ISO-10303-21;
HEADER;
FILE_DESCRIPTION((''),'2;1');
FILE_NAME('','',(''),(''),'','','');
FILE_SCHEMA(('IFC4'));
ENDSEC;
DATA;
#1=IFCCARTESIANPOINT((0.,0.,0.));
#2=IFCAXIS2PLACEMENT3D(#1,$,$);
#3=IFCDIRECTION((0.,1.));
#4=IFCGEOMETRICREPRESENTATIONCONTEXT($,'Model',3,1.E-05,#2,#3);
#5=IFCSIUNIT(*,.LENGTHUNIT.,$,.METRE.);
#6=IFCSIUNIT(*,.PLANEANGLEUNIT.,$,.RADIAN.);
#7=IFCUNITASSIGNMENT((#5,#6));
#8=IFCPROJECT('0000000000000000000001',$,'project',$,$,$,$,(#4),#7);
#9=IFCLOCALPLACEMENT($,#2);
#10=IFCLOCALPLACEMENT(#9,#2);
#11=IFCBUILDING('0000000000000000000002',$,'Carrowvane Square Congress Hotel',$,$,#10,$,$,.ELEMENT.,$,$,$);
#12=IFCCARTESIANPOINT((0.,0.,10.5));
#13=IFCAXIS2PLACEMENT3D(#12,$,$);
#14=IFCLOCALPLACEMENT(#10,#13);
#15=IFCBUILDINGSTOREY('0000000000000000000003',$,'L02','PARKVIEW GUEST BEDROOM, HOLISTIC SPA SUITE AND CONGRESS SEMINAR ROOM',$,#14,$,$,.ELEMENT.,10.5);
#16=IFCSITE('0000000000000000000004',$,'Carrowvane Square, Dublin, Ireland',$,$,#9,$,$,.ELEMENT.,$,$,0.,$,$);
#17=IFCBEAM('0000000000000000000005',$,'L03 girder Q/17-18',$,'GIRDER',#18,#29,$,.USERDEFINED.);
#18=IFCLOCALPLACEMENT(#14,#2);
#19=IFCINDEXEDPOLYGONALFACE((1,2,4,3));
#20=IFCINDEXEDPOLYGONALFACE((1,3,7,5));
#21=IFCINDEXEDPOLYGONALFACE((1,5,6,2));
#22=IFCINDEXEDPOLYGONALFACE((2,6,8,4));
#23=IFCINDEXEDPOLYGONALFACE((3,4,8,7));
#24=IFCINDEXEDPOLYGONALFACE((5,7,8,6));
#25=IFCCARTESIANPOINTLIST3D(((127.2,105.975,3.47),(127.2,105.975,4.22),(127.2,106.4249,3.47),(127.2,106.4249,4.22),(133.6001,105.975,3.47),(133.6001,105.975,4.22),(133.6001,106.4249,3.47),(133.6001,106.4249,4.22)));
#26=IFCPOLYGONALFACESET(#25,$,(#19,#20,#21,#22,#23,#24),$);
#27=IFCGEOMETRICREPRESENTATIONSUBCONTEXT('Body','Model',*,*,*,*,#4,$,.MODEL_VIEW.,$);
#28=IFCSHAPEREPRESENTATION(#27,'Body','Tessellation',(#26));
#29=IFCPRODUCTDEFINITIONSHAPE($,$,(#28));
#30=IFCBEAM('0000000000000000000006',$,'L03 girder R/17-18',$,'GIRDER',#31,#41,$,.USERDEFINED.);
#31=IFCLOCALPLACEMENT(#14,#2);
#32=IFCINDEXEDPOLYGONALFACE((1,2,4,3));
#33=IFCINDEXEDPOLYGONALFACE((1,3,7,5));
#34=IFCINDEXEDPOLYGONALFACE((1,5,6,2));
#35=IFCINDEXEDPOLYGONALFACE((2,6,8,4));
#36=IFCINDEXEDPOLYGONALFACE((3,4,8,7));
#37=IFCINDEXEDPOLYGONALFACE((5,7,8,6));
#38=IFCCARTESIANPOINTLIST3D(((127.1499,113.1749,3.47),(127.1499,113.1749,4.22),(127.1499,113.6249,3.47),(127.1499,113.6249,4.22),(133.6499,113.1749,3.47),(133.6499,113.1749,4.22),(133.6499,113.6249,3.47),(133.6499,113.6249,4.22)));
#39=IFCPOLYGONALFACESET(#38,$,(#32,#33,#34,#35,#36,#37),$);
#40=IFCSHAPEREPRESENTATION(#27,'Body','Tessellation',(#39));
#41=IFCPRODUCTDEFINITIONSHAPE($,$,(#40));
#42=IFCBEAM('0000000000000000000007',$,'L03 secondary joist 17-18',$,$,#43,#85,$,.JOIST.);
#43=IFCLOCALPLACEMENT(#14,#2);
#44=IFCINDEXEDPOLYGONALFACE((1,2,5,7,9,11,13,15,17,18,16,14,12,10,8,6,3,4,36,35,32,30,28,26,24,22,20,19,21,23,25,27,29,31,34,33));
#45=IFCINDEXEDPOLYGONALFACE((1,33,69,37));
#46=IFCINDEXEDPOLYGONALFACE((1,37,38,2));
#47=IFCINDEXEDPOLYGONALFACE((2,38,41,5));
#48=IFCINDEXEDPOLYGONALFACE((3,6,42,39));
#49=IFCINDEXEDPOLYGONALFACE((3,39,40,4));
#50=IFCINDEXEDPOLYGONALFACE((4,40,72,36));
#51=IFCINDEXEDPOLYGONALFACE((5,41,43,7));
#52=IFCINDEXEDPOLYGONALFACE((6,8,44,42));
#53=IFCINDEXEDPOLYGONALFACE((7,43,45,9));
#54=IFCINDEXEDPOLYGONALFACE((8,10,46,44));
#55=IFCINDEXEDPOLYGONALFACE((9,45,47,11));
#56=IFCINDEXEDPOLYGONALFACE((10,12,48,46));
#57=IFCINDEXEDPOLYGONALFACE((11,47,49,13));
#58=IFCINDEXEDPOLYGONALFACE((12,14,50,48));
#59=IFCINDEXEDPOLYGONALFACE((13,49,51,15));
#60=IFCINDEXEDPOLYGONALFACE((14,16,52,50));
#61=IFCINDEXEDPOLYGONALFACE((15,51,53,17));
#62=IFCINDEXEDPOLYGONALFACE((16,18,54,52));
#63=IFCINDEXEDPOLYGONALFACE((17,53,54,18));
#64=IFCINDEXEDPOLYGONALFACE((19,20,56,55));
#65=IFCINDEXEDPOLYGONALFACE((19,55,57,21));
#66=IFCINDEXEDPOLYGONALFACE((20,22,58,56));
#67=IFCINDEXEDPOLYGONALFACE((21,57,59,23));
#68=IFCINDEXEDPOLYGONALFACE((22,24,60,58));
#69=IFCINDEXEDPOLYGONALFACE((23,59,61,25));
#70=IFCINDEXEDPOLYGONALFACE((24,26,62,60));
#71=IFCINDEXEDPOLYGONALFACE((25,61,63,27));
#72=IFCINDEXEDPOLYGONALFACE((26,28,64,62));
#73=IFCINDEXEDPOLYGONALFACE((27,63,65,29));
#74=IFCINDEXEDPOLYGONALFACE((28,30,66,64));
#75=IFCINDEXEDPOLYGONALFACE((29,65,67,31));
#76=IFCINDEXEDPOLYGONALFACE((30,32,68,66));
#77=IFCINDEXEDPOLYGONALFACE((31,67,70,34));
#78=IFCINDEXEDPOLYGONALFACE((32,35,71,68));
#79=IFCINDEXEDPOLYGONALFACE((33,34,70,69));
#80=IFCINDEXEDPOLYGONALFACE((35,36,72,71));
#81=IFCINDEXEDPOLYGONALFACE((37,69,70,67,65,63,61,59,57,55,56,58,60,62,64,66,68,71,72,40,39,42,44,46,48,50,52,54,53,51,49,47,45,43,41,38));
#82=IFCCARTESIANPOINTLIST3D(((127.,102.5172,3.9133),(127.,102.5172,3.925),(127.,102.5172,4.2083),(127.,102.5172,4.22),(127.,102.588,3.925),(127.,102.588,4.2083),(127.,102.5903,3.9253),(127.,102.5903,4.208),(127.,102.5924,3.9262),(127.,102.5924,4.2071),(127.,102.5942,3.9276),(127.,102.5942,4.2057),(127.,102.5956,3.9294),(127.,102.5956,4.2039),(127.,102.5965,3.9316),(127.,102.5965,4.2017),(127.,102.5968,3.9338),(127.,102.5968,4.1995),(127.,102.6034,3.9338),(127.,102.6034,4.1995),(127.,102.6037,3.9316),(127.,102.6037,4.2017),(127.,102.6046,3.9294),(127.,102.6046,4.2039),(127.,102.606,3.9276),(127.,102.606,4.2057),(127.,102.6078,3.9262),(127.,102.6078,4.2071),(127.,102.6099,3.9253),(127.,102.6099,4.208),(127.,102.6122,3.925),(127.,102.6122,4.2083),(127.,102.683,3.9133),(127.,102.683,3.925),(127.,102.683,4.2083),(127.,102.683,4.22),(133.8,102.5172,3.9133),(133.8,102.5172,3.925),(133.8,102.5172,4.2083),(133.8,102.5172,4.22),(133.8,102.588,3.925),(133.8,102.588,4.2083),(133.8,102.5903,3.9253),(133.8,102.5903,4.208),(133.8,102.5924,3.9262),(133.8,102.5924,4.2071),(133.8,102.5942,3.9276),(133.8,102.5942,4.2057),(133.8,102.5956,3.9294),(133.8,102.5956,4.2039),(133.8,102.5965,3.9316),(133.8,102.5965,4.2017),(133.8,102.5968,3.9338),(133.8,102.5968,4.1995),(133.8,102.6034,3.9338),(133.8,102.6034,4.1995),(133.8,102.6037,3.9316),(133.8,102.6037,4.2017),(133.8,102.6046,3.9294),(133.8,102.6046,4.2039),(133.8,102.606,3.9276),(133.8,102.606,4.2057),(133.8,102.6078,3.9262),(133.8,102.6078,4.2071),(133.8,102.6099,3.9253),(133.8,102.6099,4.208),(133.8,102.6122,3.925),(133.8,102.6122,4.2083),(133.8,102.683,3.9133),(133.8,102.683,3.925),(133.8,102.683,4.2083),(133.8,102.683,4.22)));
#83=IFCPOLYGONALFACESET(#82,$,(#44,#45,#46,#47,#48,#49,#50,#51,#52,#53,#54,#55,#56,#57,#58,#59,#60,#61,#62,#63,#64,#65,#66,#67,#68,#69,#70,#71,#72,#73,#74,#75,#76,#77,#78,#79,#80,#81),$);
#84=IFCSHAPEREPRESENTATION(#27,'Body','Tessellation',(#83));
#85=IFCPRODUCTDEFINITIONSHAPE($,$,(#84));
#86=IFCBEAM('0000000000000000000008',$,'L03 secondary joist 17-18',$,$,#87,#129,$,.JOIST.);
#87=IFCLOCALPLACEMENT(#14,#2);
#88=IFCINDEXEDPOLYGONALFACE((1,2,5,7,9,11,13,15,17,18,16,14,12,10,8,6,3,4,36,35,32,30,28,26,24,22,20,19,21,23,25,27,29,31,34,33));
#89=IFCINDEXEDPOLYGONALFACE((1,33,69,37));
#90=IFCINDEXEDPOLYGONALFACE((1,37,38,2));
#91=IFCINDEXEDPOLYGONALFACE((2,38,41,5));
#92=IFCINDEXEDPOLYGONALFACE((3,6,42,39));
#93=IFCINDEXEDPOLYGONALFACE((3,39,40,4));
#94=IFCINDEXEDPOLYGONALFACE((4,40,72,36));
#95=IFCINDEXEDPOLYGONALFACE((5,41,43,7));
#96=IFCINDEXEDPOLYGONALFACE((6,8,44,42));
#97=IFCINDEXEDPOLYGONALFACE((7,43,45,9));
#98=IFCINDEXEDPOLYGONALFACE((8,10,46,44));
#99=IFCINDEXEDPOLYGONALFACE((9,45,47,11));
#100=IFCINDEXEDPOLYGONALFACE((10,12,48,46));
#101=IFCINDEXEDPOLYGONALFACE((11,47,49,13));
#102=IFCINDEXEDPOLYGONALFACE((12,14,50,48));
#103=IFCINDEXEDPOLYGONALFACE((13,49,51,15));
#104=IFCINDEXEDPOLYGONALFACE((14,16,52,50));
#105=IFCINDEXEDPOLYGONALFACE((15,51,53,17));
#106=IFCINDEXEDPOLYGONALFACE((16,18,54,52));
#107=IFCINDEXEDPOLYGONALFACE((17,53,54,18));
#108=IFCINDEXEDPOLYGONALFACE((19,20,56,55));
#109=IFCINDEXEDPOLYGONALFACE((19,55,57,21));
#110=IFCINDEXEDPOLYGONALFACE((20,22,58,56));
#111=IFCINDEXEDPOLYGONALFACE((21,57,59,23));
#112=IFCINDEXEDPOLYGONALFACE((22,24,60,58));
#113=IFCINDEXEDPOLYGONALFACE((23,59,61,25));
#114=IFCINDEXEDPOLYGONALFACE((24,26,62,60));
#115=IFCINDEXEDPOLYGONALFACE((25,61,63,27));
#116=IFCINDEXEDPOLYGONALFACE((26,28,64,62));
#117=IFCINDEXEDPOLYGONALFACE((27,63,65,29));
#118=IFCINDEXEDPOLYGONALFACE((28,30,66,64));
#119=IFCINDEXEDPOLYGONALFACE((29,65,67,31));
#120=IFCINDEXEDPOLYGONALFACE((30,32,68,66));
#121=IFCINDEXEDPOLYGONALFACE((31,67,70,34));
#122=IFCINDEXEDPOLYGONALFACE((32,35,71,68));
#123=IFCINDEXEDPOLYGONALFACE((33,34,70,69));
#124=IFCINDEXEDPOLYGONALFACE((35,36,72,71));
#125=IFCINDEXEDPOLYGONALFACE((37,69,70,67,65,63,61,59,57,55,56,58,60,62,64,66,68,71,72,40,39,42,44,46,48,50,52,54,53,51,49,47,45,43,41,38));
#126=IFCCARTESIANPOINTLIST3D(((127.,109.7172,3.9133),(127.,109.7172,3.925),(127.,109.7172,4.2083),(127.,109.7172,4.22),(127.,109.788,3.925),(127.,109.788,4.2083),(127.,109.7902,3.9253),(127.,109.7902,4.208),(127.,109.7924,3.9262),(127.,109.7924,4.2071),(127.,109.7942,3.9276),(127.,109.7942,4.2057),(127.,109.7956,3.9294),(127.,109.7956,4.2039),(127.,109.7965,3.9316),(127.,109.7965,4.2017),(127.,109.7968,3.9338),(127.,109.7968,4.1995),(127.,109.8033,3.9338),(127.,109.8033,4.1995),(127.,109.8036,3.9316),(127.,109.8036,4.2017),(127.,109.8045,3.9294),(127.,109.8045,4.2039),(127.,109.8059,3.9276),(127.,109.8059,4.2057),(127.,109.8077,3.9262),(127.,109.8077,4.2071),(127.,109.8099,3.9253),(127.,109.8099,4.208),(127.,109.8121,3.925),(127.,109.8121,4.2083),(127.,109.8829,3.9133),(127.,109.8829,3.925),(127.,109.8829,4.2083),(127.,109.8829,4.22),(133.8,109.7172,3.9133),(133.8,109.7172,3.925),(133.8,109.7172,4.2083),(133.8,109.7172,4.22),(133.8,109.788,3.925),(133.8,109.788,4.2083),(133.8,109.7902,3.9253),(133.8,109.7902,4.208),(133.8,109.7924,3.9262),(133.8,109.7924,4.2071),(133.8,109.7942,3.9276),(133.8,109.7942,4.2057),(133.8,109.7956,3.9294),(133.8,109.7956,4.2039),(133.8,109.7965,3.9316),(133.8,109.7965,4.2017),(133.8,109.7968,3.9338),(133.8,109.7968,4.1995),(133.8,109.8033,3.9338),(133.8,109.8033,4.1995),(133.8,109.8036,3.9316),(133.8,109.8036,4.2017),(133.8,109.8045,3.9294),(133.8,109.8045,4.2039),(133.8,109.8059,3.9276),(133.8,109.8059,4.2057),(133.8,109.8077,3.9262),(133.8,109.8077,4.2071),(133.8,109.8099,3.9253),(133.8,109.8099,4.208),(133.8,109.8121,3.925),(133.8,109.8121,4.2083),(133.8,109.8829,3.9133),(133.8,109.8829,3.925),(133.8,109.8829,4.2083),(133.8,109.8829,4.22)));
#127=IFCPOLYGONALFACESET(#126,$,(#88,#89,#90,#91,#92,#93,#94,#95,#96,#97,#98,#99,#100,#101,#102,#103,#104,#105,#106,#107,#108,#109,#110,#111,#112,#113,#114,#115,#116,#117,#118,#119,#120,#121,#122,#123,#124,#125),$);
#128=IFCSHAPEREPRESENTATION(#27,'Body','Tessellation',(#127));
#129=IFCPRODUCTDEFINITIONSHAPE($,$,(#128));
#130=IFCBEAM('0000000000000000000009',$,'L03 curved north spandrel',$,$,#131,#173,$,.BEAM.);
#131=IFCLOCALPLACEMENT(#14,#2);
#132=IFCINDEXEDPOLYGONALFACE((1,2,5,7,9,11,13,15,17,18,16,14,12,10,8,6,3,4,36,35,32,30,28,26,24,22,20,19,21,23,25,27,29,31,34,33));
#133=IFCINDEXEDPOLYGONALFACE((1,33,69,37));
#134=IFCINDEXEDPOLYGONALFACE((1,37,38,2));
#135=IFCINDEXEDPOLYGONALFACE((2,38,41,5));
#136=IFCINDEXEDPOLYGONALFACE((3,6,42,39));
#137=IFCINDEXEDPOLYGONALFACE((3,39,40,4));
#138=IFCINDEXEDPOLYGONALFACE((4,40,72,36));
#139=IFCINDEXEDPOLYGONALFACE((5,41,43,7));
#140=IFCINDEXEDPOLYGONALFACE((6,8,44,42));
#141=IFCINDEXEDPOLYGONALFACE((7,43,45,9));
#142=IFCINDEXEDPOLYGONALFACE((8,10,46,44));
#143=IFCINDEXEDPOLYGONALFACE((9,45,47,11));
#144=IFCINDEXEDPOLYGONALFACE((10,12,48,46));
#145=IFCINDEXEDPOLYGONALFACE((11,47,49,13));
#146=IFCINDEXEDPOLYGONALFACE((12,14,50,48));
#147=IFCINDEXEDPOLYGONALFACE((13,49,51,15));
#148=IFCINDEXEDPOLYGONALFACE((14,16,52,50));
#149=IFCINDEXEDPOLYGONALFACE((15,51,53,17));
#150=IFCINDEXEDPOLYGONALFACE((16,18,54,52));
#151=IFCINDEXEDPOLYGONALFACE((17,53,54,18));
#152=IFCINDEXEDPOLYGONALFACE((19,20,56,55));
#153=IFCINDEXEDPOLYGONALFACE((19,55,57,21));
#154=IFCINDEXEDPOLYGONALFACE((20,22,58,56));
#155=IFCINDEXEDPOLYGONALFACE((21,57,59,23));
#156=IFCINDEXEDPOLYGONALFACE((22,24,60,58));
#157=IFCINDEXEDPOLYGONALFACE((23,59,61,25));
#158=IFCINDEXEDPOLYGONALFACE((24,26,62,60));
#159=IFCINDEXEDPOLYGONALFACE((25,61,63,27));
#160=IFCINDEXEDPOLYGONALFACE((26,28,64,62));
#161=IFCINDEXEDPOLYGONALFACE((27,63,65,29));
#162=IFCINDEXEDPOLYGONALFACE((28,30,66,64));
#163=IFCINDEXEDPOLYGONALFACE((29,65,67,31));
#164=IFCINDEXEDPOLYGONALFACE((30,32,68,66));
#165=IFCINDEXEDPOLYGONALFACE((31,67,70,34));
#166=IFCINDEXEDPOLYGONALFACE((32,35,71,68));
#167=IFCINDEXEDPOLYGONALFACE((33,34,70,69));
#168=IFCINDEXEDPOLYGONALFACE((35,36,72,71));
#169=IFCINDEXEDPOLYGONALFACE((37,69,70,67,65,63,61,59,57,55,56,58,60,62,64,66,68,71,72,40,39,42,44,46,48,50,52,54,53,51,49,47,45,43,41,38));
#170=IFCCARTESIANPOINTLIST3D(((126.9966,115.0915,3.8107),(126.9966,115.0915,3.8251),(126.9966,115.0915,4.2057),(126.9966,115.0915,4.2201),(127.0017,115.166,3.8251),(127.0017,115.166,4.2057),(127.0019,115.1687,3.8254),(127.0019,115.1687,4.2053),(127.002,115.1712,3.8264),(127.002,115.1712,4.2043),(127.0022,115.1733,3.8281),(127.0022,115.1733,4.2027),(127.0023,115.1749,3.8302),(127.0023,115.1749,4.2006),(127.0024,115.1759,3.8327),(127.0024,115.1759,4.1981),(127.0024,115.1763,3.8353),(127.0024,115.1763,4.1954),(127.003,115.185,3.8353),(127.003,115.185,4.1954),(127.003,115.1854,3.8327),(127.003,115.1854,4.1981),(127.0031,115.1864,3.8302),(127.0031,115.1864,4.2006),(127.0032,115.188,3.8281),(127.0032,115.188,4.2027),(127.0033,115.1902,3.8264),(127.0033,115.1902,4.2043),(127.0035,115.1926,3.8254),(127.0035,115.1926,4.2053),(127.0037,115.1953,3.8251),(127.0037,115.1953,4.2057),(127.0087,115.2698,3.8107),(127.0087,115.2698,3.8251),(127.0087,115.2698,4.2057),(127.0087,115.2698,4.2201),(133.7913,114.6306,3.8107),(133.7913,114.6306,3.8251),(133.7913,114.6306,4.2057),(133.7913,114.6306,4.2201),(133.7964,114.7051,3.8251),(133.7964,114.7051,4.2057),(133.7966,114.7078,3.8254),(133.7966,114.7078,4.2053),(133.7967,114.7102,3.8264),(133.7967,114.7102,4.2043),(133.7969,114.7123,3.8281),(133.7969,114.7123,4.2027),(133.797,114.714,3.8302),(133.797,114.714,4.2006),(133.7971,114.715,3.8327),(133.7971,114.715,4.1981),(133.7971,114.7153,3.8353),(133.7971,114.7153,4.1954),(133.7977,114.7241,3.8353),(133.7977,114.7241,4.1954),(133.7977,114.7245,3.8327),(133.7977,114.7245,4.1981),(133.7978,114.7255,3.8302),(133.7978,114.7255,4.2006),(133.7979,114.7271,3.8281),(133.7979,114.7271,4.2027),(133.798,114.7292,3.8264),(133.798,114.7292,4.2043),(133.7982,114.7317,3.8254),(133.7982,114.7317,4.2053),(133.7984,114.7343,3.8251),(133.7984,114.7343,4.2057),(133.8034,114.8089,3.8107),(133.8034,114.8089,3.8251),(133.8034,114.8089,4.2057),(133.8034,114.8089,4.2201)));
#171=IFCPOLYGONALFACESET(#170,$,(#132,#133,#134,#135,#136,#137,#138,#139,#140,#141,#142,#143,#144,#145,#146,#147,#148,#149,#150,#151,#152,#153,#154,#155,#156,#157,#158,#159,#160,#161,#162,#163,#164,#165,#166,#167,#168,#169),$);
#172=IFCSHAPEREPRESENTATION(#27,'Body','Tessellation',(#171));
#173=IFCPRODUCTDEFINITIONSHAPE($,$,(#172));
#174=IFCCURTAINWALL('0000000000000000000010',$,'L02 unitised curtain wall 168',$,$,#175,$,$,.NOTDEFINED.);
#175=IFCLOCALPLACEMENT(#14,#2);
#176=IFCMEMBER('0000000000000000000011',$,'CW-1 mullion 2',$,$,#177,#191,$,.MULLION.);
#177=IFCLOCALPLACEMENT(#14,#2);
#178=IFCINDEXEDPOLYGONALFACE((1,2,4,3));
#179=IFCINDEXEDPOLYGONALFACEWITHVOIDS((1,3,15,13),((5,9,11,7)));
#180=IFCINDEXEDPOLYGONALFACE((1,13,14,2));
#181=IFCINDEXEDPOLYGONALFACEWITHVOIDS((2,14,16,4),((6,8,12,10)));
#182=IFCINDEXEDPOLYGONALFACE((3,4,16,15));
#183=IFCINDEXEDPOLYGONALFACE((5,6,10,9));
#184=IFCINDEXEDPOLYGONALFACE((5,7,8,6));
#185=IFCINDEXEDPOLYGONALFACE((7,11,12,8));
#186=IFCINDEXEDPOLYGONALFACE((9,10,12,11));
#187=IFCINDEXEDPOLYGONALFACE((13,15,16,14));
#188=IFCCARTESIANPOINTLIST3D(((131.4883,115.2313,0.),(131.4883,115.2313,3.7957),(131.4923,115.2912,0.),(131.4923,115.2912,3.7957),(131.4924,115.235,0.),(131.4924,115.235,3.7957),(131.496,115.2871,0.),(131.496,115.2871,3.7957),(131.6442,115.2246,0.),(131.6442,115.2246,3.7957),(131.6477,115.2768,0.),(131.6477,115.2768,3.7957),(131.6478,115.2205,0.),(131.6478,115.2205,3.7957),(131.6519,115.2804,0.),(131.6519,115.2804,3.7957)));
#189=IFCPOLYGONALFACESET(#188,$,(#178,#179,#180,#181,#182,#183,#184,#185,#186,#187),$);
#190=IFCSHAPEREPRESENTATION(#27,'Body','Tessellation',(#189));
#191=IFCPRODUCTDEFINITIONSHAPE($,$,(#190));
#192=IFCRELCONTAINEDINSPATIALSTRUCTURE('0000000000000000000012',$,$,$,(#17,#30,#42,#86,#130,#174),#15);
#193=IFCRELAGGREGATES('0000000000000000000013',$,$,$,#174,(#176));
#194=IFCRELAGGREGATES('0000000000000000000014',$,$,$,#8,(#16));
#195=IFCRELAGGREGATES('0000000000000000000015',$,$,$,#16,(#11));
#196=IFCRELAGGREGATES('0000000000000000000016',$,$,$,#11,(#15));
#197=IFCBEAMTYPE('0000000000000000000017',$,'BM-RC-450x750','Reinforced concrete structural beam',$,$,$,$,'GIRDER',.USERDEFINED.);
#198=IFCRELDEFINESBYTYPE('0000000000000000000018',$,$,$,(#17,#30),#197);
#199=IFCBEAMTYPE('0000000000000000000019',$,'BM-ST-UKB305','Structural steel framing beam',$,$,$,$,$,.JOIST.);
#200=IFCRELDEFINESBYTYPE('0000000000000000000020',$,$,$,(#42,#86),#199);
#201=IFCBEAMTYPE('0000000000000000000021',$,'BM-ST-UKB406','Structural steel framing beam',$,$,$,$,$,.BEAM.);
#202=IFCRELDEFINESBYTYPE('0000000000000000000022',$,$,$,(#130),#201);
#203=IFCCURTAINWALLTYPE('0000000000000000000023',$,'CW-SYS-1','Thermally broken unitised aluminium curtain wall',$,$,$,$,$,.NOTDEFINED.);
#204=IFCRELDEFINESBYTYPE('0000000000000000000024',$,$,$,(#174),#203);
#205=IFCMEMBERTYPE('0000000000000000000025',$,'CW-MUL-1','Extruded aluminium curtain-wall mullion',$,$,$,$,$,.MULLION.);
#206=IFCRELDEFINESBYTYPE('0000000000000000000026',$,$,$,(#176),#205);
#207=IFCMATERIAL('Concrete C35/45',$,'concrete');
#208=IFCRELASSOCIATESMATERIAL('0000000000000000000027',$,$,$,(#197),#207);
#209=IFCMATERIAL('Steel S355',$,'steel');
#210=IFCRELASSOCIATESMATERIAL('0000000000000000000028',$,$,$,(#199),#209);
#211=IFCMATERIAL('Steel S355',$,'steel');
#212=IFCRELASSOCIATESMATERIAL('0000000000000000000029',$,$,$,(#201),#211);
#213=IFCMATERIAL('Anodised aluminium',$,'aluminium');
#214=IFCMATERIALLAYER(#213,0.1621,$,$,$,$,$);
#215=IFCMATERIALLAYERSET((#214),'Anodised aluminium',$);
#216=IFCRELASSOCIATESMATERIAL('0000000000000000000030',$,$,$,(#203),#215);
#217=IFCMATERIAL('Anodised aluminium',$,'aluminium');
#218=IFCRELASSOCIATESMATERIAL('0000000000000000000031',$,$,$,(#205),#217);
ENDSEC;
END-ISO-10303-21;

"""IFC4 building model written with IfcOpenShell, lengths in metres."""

from ifc_helpers import new_model, si_unit, direction, frame, origin, origin_2d, place, context, subcontext, project, spatial, rectangle, hollow_rectangle, i_section, extrude, material, layer, layer_set, material_profile, profile_set, type_object, element, aggregate, save


model = new_model("IFC4")

# Units and contexts
model_context = context("Model", 3, precision=1e-05, world=origin(), true_north=direction((0.0, 1.0)))
body_context = subcontext(model_context, "Body", "Model", "MODEL_VIEW")
ifc_project = project(units=[si_unit("LENGTHUNIT", "METRE"), si_unit("PLANEANGLEUNIT", "RADIAN")], contexts=[model_context])

# Site, building, storey
site_placement = place(None, origin())
site = spatial("IfcSite", under=ifc_project, at=site_placement, Name="Carrowvane Square, Dublin, Ireland", CompositionType="ELEMENT", RefElevation=0.0)
building_placement = place(site_placement, origin())
building = spatial("IfcBuilding", under=site, at=building_placement, Name="Carrowvane Square Congress Hotel", CompositionType="ELEMENT")
storey_placement = place(building_placement, frame((0.0, 0.0, 10.5)))
storey = spatial("IfcBuildingStorey", under=building, at=storey_placement, Name="L02", Description="PARKVIEW GUEST BEDROOM, HOLISTIC SPA SUITE AND CONGRESS SEMINAR ROOM", CompositionType="ELEMENT", Elevation=10.5)

# Beams
ifc_material_1 = material(Name="Concrete C35/45", Category="concrete")
ifc_material_profile_1 = material_profile(ifc_material_1, rectangle(XDim=0.45, YDim=0.75, at=origin_2d()), Name="RC 450x750")
ifc_profile_set_1 = profile_set([ifc_material_profile_1], Name="Concrete C35/45")
beam_type_1 = type_object("IfcBeamType", Name="BM-RC-450x750", Description="Reinforced concrete structural beam", ElementType="GIRDER", PredefinedType="USERDEFINED", material=ifc_profile_set_1)
beam_1_placement = place(storey_placement, frame((127.2, 106.2, 3.845), z_axis=(1.0, 0.0, 0.0), x_axis=(0.0, 1.0, 0.0)))
element("IfcBeam", 1, at=beam_1_placement, inside=storey, type_object=beam_type_1, Name="L03 girder Q/17-18", ObjectType="GIRDER", PredefinedType="USERDEFINED", context=body_context, shape_type="SweptSolid", body=[
    extrude(rectangle(XDim=0.45, YDim=0.75, at=origin_2d()), origin(), (0.0, 0.0, 1.0), 6.4001),
])
beam_2_placement = place(storey_placement, frame((127.1499, 113.3999, 3.845), z_axis=(1.0, 0.0, 0.0), x_axis=(0.0, 1.0, 0.0)))
element("IfcBeam", 2, at=beam_2_placement, inside=storey, type_object=beam_type_1, Name="L03 girder R/17-18", ObjectType="GIRDER", PredefinedType="USERDEFINED", context=body_context, shape_type="SweptSolid", body=[
    extrude(rectangle(XDim=0.45, YDim=0.75, at=origin_2d()), origin(), (0.0, 0.0, 1.0), 6.5),
])
ifc_material_2 = material(Name="Steel S355", Category="steel")
ifc_material_profile_2 = material_profile(ifc_material_2, i_section(OverallWidth=0.1658, OverallDepth=0.3066, WebThickness=0.0066, FlangeThickness=0.0117, FilletRadius=0.0088, at=origin_2d()), Name="UKB 305x165x46")
ifc_profile_set_2 = profile_set([ifc_material_profile_2], Name="Steel S355")
beam_type_2 = type_object("IfcBeamType", Name="BM-ST-UKB305", Description="Structural steel framing beam", PredefinedType="JOIST", material=ifc_profile_set_2)
for number, where, z_axis, x_axis, name in (
    (3, (127.0, 102.6001, 4.0667), (1.0, 0.0, 0.0), (0.0, 1.0, 0.0), "L03 secondary joist 17-18"),
    (4, (127.0, 109.8, 4.0667), (1.0, 0.0, 0.0), (0.0, 1.0, 0.0), "L03 secondary joist 17-18"),
):
    element("IfcBeam", number, at=place(storey_placement, frame(where, z_axis=z_axis, x_axis=x_axis)), inside=storey, type_object=beam_type_2, Name=name, PredefinedType="JOIST", context=body_context, shape_type="SweptSolid", body=[
        extrude(i_section(OverallWidth=0.1658, OverallDepth=0.3066, WebThickness=0.0066, FlangeThickness=0.0117, FilletRadius=0.0088, at=origin_2d()), origin(), (0.0, 0.0, 1.0), 6.8),
    ])
ifc_material_3 = material(Name="Steel S355", Category="steel")
ifc_material_profile_3 = material_profile(ifc_material_3, i_section(OverallWidth=0.1787, OverallDepth=0.4094, WebThickness=0.0088, FlangeThickness=0.0144, FilletRadius=0.0103, at=origin_2d()), Name="UKB 406x178x67")
ifc_profile_set_3 = profile_set([ifc_material_profile_3], Name="Steel S355")
beam_type_3 = type_object("IfcBeamType", Name="BM-ST-UKB406", Description="Structural steel framing beam", PredefinedType="BEAM", material=ifc_profile_set_3)
beam_3_placement = place(storey_placement, frame((127.0027, 115.1807, 4.0154), z_axis=(0.997707, -0.067682, 0.0), x_axis=(0.067682, 0.997707, 0.0)))
element("IfcBeam", 5, at=beam_3_placement, inside=storey, type_object=beam_type_3, Name="L03 curved north spandrel", PredefinedType="BEAM", context=body_context, shape_type="SweptSolid", body=[
    extrude(i_section(OverallWidth=0.1787, OverallDepth=0.4094, WebThickness=0.0088, FlangeThickness=0.0144, FilletRadius=0.0103, at=origin_2d()), origin(), (0.0, 0.0, 1.0), 6.8103),
])

# Curtain wall, member
ifc_material_4 = material(Name="Anodised aluminium", Category="aluminium")
ifc_layer_1 = layer(ifc_material_4, 0.1621)
ifc_layer_set_1 = layer_set([ifc_layer_1], Name="Anodised aluminium")
curtain_wall_type_1 = type_object("IfcCurtainWallType", Name="CW-SYS-1", Description="Thermally broken unitised aluminium curtain wall", PredefinedType="NOTDEFINED", material=ifc_layer_set_1)
curtain_wall_1_placement = place(storey_placement, origin())
curtain_wall_1 = element("IfcCurtainWall", 6, at=curtain_wall_1_placement, inside=storey, type_object=curtain_wall_type_1, Name="L02 unitised curtain wall 168", PredefinedType="NOTDEFINED")
ifc_material_5 = material(Name="Anodised aluminium", Category="aluminium")
ifc_material_profile_4 = material_profile(ifc_material_5, hollow_rectangle(XDim=0.0601, YDim=0.1599, WallThickness=0.0039, at=origin_2d()), Name="CW-ML 60x160x4")
ifc_profile_set_4 = profile_set([ifc_material_profile_4], Name="Anodised aluminium")
member_type_1 = type_object("IfcMemberType", Name="CW-MUL-1", Description="Extruded aluminium curtain-wall mullion", PredefinedType="MULLION", material=ifc_profile_set_4)
member_1_placement = place(storey_placement, frame((131.5701, 115.2559, 0.0), z_axis=(0.0, 0.0, 1.0), x_axis=(0.06787, 0.997694, 0.0)))
member_1 = element("IfcMember", 7, at=member_1_placement, type_object=member_type_1, Name="CW-1 mullion 2", PredefinedType="MULLION", context=body_context, shape_type="SweptSolid", body=[
    extrude(hollow_rectangle(XDim=0.0601, YDim=0.1599, WallThickness=0.0039, at=origin_2d()), origin(), (0.0, 0.0, 1.0), 3.7957),
])
aggregate(curtain_wall_1, [member_1])

save(model, "model.ifc")
